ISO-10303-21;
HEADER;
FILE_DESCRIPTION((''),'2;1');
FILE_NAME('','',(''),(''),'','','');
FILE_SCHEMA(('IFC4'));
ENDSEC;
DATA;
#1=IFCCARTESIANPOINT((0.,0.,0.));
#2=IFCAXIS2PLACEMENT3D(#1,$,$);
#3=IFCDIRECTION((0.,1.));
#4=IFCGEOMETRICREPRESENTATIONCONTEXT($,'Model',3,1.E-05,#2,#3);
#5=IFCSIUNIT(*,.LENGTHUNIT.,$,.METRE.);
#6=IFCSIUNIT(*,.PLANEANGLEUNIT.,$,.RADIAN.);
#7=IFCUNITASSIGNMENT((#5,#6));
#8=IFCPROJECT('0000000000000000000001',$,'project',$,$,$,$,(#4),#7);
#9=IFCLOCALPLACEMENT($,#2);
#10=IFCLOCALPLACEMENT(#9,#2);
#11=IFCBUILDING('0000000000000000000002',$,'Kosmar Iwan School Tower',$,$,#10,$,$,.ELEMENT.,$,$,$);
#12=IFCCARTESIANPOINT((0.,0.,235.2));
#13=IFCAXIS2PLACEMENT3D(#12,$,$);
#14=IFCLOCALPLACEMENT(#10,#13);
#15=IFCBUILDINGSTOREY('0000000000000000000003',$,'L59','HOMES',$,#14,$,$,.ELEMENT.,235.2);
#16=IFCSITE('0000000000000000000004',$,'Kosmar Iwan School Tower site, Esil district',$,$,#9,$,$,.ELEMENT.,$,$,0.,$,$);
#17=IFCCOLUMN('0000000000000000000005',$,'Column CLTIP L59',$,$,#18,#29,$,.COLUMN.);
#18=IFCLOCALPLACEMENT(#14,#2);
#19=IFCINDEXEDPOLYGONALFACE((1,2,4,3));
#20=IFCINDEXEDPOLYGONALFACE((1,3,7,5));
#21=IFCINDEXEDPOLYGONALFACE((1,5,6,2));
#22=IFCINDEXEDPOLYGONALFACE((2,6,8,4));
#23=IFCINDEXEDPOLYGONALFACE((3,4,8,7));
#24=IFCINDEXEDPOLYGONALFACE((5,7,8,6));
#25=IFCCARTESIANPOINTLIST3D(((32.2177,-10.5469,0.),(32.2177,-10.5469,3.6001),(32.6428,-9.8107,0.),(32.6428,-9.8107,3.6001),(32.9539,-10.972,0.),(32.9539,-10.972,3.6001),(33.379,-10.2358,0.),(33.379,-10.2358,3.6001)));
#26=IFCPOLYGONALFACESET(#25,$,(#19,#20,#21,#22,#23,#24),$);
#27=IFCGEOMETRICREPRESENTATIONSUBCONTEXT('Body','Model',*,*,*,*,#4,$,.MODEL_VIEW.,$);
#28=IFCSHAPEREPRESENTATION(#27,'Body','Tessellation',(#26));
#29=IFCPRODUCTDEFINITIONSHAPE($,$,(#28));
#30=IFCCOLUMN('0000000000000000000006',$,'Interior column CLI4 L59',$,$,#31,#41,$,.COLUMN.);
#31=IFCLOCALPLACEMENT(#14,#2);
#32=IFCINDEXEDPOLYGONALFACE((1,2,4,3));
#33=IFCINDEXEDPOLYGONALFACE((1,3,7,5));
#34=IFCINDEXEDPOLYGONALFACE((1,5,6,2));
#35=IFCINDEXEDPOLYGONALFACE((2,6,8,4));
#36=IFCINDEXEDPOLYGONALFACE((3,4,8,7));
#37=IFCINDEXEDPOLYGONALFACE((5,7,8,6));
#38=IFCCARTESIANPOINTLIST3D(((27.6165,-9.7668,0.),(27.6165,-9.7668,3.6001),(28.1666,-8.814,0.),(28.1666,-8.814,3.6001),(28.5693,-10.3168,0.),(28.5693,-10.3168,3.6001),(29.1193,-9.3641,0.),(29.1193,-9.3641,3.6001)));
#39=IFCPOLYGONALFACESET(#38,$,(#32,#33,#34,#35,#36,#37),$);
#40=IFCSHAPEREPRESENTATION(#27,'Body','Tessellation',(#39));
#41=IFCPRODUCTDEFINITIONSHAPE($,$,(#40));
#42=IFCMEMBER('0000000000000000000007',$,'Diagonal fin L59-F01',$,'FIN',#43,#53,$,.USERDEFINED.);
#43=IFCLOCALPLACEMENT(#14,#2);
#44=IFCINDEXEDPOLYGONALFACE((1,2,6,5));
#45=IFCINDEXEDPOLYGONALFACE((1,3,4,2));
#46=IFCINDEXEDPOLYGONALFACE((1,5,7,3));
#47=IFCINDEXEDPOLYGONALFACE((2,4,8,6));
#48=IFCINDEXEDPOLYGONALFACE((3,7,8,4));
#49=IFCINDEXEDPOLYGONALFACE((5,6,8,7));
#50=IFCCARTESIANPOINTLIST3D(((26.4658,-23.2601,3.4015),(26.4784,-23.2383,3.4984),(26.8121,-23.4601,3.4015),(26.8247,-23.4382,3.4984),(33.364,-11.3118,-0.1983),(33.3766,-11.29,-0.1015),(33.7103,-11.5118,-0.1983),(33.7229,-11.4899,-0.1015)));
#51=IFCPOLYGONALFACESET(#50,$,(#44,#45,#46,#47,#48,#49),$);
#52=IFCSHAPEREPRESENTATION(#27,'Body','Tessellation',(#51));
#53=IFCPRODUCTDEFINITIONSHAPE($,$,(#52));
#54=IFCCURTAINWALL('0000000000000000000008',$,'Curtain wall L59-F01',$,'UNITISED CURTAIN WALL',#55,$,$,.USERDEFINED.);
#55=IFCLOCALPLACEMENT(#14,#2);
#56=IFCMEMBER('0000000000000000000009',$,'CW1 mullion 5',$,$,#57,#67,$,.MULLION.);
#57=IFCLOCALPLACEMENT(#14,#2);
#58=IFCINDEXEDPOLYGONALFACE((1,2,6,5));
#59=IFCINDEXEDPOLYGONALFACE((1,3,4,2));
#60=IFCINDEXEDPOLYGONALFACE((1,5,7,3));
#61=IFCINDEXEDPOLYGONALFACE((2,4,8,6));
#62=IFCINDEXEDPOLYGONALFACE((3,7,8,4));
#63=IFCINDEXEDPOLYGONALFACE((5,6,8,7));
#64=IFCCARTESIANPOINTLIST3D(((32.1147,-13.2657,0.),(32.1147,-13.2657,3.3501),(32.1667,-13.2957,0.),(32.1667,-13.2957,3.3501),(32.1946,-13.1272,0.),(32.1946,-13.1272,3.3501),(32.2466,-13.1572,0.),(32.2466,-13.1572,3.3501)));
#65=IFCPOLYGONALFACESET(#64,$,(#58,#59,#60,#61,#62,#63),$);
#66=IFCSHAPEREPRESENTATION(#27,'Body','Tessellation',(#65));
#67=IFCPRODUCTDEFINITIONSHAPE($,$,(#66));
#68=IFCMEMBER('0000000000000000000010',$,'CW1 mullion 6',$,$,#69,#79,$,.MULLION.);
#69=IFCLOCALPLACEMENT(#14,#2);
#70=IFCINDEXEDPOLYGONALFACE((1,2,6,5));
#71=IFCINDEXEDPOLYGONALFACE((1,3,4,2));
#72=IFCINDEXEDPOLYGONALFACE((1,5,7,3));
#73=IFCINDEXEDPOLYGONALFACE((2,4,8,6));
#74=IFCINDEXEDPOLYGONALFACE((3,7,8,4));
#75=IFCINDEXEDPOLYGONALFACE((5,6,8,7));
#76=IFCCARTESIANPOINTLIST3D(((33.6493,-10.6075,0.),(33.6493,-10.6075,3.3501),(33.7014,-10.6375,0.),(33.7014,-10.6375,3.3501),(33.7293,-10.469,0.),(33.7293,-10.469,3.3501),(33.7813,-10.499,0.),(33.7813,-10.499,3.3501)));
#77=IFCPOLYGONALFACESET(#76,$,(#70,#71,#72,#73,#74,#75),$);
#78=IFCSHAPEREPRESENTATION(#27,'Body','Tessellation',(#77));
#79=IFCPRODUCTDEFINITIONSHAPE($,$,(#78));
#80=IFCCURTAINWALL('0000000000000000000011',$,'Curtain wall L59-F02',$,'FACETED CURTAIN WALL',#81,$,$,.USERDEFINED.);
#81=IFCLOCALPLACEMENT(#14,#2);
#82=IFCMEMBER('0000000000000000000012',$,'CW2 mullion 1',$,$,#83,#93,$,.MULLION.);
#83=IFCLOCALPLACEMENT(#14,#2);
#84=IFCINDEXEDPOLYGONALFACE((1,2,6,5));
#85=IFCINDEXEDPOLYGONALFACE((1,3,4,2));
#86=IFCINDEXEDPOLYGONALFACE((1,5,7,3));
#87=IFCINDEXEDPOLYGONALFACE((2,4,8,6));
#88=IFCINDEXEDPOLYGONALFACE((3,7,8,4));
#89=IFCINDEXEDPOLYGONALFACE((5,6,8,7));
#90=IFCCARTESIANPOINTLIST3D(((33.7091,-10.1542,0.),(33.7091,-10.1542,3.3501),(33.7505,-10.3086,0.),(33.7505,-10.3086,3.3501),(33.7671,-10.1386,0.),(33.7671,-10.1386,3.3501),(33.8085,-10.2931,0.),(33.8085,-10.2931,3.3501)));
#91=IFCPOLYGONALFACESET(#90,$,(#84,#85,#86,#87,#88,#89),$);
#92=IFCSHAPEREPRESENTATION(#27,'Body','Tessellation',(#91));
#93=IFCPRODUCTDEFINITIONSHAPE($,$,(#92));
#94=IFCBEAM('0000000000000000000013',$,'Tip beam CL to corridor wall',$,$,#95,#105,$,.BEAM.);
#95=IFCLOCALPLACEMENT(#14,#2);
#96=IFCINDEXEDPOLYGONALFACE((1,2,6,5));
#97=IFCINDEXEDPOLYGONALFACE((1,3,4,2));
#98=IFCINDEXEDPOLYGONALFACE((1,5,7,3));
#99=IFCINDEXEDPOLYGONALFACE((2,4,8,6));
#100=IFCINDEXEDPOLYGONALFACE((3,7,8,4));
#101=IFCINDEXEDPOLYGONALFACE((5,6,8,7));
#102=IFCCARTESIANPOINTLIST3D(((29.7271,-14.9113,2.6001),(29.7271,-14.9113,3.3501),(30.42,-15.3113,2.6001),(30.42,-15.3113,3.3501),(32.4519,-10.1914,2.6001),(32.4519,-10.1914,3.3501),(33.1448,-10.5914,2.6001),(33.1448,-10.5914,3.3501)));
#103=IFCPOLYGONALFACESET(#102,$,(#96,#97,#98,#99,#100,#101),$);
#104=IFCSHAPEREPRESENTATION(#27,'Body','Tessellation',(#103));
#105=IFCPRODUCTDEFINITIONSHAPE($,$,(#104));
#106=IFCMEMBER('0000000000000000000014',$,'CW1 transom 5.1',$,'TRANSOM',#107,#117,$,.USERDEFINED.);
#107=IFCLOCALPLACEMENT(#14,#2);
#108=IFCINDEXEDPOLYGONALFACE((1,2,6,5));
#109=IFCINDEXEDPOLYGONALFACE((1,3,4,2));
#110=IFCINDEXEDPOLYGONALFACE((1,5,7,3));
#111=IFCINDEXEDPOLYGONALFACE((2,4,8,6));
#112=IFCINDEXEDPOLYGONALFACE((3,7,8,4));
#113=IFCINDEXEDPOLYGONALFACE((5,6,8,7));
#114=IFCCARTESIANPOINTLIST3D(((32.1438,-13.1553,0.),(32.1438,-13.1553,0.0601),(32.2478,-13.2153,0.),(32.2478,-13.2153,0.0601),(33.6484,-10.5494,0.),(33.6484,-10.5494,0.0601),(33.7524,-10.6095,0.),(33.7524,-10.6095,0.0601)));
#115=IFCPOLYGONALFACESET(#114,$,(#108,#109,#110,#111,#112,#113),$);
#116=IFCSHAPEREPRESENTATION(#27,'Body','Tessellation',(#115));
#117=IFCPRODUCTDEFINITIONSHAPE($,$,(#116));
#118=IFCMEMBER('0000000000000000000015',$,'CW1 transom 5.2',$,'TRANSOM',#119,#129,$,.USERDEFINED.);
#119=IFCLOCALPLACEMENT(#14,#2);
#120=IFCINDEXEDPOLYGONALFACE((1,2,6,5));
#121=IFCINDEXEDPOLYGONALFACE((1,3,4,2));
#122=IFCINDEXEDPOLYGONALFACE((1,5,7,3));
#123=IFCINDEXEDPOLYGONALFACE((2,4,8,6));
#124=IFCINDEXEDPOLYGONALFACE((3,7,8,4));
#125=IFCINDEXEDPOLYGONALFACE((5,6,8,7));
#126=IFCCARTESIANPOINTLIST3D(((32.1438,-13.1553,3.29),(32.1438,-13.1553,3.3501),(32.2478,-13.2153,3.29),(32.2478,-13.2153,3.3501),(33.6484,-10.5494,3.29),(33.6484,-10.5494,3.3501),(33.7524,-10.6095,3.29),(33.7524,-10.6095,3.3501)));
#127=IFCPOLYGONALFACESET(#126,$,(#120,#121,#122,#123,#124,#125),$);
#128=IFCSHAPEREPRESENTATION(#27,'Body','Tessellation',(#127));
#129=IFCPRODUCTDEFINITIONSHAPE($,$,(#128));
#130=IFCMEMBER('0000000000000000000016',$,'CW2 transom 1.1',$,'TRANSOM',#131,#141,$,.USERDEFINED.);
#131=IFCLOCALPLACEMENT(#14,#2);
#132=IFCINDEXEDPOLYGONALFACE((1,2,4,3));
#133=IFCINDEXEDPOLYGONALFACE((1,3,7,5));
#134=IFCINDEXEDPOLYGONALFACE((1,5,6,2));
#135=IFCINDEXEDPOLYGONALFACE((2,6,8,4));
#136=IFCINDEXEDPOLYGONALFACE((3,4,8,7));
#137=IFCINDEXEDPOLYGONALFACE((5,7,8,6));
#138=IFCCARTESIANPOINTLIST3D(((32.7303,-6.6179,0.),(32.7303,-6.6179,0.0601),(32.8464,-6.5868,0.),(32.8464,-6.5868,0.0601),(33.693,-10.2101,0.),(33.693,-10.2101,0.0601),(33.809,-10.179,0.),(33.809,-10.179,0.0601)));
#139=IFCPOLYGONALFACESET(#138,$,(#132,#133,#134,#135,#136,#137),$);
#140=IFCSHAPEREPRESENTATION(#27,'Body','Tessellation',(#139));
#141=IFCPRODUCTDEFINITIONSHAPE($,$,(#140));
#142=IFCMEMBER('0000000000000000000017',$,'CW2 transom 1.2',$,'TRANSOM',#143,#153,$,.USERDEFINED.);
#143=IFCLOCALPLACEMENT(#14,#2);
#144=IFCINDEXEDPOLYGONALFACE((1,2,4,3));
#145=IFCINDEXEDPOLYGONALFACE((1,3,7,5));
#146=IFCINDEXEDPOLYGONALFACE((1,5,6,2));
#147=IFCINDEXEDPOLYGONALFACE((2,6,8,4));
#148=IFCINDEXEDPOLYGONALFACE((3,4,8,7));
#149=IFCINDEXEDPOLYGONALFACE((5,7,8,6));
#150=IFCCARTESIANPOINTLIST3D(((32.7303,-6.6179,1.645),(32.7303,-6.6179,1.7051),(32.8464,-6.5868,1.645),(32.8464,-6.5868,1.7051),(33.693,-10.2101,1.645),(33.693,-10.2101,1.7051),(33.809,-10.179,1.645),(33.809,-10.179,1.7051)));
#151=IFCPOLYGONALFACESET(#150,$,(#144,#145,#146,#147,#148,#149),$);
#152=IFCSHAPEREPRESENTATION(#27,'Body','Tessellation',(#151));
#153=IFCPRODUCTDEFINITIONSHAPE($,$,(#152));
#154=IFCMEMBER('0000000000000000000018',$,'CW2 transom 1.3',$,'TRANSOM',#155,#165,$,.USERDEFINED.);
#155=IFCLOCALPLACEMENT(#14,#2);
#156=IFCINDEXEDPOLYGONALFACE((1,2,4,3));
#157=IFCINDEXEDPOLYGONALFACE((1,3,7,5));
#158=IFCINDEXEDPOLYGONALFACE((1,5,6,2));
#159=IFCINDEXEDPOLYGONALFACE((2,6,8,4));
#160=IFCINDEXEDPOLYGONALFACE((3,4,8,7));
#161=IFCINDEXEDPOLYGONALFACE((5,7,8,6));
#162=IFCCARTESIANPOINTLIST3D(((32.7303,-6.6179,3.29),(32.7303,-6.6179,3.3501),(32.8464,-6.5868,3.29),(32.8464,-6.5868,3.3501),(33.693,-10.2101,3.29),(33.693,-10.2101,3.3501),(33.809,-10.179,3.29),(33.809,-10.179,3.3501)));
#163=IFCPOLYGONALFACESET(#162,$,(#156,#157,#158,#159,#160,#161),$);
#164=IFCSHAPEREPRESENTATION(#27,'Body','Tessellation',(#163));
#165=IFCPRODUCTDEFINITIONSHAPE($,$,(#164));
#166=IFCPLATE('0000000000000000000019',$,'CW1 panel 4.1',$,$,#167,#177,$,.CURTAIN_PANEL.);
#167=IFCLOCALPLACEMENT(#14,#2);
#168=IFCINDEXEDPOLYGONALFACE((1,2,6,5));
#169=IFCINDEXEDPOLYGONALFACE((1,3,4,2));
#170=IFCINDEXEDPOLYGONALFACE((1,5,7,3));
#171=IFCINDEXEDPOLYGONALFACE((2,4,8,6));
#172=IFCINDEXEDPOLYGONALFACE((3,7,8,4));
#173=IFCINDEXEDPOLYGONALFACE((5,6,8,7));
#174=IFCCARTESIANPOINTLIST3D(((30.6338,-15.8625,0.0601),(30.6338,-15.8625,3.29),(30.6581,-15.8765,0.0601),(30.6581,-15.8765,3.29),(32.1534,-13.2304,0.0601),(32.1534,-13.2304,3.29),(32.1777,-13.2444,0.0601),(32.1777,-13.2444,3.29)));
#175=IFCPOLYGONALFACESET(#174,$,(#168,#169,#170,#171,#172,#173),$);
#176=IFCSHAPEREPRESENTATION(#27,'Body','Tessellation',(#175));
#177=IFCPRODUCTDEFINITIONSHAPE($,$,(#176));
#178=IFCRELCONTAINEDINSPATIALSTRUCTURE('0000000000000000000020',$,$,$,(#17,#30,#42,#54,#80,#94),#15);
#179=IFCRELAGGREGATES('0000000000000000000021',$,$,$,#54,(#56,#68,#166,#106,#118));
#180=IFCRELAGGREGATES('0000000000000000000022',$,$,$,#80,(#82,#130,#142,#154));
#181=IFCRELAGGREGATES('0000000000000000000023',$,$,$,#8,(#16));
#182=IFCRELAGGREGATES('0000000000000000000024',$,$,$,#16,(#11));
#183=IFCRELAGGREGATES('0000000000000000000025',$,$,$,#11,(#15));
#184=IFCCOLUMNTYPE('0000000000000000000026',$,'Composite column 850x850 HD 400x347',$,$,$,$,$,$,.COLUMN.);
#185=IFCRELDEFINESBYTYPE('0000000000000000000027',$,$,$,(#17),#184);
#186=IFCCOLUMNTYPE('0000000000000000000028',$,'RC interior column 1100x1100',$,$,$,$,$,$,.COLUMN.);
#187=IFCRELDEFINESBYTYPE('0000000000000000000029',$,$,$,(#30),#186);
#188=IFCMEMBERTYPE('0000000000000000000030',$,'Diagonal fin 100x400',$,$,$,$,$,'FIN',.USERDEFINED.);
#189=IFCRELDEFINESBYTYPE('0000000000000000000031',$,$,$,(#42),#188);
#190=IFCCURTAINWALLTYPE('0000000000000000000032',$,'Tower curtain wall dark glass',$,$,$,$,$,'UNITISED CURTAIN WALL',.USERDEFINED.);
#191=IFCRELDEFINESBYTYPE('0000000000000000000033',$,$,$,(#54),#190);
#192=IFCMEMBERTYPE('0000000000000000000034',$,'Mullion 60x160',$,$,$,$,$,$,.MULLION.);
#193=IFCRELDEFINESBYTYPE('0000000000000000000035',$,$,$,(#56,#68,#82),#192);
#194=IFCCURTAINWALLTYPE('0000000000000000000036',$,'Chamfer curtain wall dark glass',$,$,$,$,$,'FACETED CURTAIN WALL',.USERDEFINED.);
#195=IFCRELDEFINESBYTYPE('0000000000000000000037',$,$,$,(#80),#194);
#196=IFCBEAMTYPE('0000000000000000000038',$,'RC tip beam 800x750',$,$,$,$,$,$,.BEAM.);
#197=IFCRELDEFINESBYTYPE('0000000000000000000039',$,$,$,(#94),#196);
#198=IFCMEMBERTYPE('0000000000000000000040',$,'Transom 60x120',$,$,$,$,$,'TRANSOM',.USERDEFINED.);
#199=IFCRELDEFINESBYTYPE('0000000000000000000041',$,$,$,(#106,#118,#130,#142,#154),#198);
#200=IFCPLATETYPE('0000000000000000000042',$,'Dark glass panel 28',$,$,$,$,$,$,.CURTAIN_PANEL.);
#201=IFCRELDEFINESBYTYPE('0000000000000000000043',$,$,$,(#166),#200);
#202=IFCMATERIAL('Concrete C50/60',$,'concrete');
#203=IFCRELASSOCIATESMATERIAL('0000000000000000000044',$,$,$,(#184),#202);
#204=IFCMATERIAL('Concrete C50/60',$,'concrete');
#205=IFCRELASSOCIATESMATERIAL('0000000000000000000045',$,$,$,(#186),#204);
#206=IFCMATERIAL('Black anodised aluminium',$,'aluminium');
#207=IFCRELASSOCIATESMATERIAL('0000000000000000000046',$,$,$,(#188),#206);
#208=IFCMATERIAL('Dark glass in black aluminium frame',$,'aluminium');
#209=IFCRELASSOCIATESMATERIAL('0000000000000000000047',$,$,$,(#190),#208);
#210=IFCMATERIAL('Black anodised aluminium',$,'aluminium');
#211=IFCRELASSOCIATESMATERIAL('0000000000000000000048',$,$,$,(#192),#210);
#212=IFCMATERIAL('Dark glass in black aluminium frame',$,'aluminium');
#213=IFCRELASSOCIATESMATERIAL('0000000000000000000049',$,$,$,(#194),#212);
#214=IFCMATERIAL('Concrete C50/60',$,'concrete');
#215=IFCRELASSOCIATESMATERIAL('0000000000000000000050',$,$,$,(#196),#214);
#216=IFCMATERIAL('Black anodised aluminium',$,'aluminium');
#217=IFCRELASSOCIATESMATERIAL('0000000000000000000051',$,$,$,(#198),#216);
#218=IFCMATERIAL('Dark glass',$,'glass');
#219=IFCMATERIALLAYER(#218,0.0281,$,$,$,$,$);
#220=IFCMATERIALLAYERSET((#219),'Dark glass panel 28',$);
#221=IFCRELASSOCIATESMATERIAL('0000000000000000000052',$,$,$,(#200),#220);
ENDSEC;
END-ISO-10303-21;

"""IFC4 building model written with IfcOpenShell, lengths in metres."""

from ifc_helpers import new_model, si_unit, direction, frame, origin, origin_2d, place, context, subcontext, project, spatial, rectangle, extrude, material, layer, layer_set, material_profile, profile_set, type_object, element, aggregate, save


model = new_model("IFC4")

# Units and contexts
model_context = context("Model", 3, precision=1e-05, world=origin(), true_north=direction((0.0, 1.0)))
body_context = subcontext(model_context, "Body", "Model", "MODEL_VIEW")
ifc_project = project(units=[si_unit("LENGTHUNIT", "METRE"), si_unit("PLANEANGLEUNIT", "RADIAN")], contexts=[model_context])

# Site, building, storey
site_placement = place(None, origin())
site = spatial("IfcSite", under=ifc_project, at=site_placement, Name="Kosmar Iwan School Tower site, Esil district", CompositionType="ELEMENT", RefElevation=0.0)
building_placement = place(site_placement, origin())
building = spatial("IfcBuilding", under=site, at=building_placement, Name="Kosmar Iwan School Tower", CompositionType="ELEMENT")
storey_placement = place(building_placement, frame((0.0, 0.0, 235.2)))
storey = spatial("IfcBuildingStorey", under=building, at=storey_placement, Name="L59", Description="HOMES", CompositionType="ELEMENT", Elevation=235.2)

# Columns
ifc_material_1 = material(Name="Concrete C50/60", Category="concrete")
ifc_material_profile_1 = material_profile(ifc_material_1, rectangle(XDim=0.8501, YDim=0.8501, at=origin_2d()), Name="RC 850x850 + HD 400x347")
ifc_profile_set_1 = profile_set([ifc_material_profile_1], Name="Concrete C50/60")
column_type_1 = type_object("IfcColumnType", Name="Composite column 850x850 HD 400x347", PredefinedType="COLUMN", material=ifc_profile_set_1)
column_1_placement = place(storey_placement, frame((32.7983, -10.3914, 0.0), z_axis=(0.0, 0.0, 1.0), x_axis=(0.866025, -0.5, 0.0)))
element("IfcColumn", 1, at=column_1_placement, inside=storey, type_object=column_type_1, Name="Column CLTIP L59", PredefinedType="COLUMN", context=body_context, shape_type="SweptSolid", body=[
    extrude(rectangle(XDim=0.8501, YDim=0.8501, at=origin_2d()), origin(), (0.0, 0.0, 1.0), 3.6001),
])
ifc_material_2 = material(Name="Concrete C50/60", Category="concrete")
ifc_material_profile_2 = material_profile(ifc_material_2, rectangle(XDim=1.1001, YDim=1.1001, at=origin_2d()), Name="RC 1100x1100")
ifc_profile_set_2 = profile_set([ifc_material_profile_2], Name="Concrete C50/60")
column_type_2 = type_object("IfcColumnType", Name="RC interior column 1100x1100", PredefinedType="COLUMN", material=ifc_profile_set_2)
column_2_placement = place(storey_placement, frame((28.3679, -9.5654, 0.0), z_axis=(0.0, 0.0, 1.0), x_axis=(0.866025, -0.5, 0.0)))
element("IfcColumn", 2, at=column_2_placement, inside=storey, type_object=column_type_2, Name="Interior column CLI4 L59", PredefinedType="COLUMN", context=body_context, shape_type="SweptSolid", body=[
    extrude(rectangle(XDim=1.1001, YDim=1.1001, at=origin_2d()), origin(), (0.0, 0.0, 1.0), 3.6001),
])

# Member
ifc_material_3 = material(Name="Black anodised aluminium", Category="aluminium")
ifc_material_profile_3 = material_profile(ifc_material_3, rectangle(XDim=0.1001, YDim=0.3999, at=origin_2d()), Name="FIN 100x400")
ifc_profile_set_3 = profile_set([ifc_material_profile_3], Name="Black anodised aluminium")
member_type_1 = type_object("IfcMemberType", Name="Diagonal fin 100x400", ElementType="FIN", PredefinedType="USERDEFINED", material=ifc_profile_set_3)
member_1_placement = place(storey_placement, frame((33.5435, -11.4009, -0.1499), z_axis=(-0.483796, -0.837974, 0.252471), x_axis=(0.126234, 0.218647, 0.967604)))
element("IfcMember", 3, at=member_1_placement, inside=storey, type_object=member_type_1, Name="Diagonal fin L59-F01", ObjectType="FIN", PredefinedType="USERDEFINED", context=body_context, shape_type="SweptSolid", body=[
    extrude(rectangle(XDim=0.1001, YDim=0.3999, at=origin_2d()), origin(), (0.0, 0.0, 1.0), 14.2585),
])

# Curtain wall, members
ifc_material_4 = material(Name="Dark glass in black aluminium frame", Category="aluminium")
curtain_wall_type_1 = type_object("IfcCurtainWallType", Name="Tower curtain wall dark glass", ElementType="UNITISED CURTAIN WALL", PredefinedType="USERDEFINED", material=ifc_material_4)
curtain_wall_1_placement = place(storey_placement, origin())
curtain_wall_1 = element("IfcCurtainWall", 4, at=curtain_wall_1_placement, inside=storey, type_object=curtain_wall_type_1, Name="Curtain wall L59-F01", ObjectType="UNITISED CURTAIN WALL", PredefinedType="USERDEFINED")
ifc_material_5 = material(Name="Black anodised aluminium", Category="aluminium")
ifc_material_profile_4 = material_profile(ifc_material_5, rectangle(XDim=0.0601, YDim=0.1599, at=origin_2d()), Name="MULLION 60x160")
ifc_profile_set_4 = profile_set([ifc_material_profile_4], Name="Black anodised aluminium")
member_type_2 = type_object("IfcMemberType", Name="Mullion 60x160", PredefinedType="MULLION", material=ifc_profile_set_4)
member_2_placement = place(storey_placement, frame((32.1807, -13.2114, 0.0), z_axis=(0.0, 0.0, 1.0), x_axis=(-0.866025, 0.5, 0.0)))
member_2 = element("IfcMember", 5, at=member_2_placement, type_object=member_type_2, Name="CW1 mullion 5", PredefinedType="MULLION", context=body_context, shape_type="SweptSolid", body=[
    extrude(rectangle(XDim=0.0601, YDim=0.1599, at=origin_2d()), origin(), (0.0, 0.0, 1.0), 3.3501),
])
member_3_placement = place(storey_placement, frame((33.7153, -10.5532, 0.0), z_axis=(0.0, 0.0, 1.0), x_axis=(-0.866025, 0.5, 0.0)))
member_3 = element("IfcMember", 6, at=member_3_placement, type_object=member_type_2, Name="CW1 mullion 6", PredefinedType="MULLION", context=body_context, shape_type="SweptSolid", body=[
    extrude(rectangle(XDim=0.0601, YDim=0.1599, at=origin_2d()), origin(), (0.0, 0.0, 1.0), 3.3501),
])

# Curtain wall, member
ifc_material_6 = material(Name="Dark glass in black aluminium frame", Category="aluminium")
curtain_wall_type_2 = type_object("IfcCurtainWallType", Name="Chamfer curtain wall dark glass", ElementType="FACETED CURTAIN WALL", PredefinedType="USERDEFINED", material=ifc_material_6)
curtain_wall_2_placement = place(storey_placement, origin())
curtain_wall_2 = element("IfcCurtainWall", 7, at=curtain_wall_2_placement, inside=storey, type_object=curtain_wall_type_2, Name="Curtain wall L59-F02", ObjectType="FACETED CURTAIN WALL", PredefinedType="USERDEFINED")
member_4_placement = place(storey_placement, frame((33.7588, -10.2236, 0.0), z_axis=(0.0, 0.0, 1.0), x_axis=(-0.965926, -0.258819, 0.0)))
member_4 = element("IfcMember", 8, at=member_4_placement, type_object=member_type_2, Name="CW2 mullion 1", PredefinedType="MULLION", context=body_context, shape_type="SweptSolid", body=[
    extrude(rectangle(XDim=0.0601, YDim=0.1599, at=origin_2d()), origin(), (0.0, 0.0, 1.0), 3.3501),
])

# Beam
ifc_material_7 = material(Name="Concrete C50/60", Category="concrete")
ifc_material_profile_5 = material_profile(ifc_material_7, rectangle(XDim=0.8, YDim=0.75, at=origin_2d()), Name="RC 800x750")
ifc_profile_set_5 = profile_set([ifc_material_profile_5], Name="Concrete C50/60")
beam_type = type_object("IfcBeamType", Name="RC tip beam 800x750", PredefinedType="BEAM", material=ifc_profile_set_5)
beam_placement = place(storey_placement, frame((32.7983, -10.3914, 2.9751), z_axis=(-0.499969, -0.866043, 0.0), x_axis=(0.866043, -0.499969, 0.0)))
element("IfcBeam", 9, at=beam_placement, inside=storey, type_object=beam_type, Name="Tip beam CL to corridor wall", PredefinedType="BEAM", context=body_context, shape_type="SweptSolid", body=[
    extrude(rectangle(XDim=0.8, YDim=0.75, at=origin_2d()), origin(), (0.0, 0.0, 1.0), 5.45),
])

# Members
ifc_material_8 = material(Name="Black anodised aluminium", Category="aluminium")
ifc_material_profile_6 = material_profile(ifc_material_8, rectangle(XDim=0.1201, YDim=0.0601, at=origin_2d()), Name="TRANSOM 60x120")
ifc_profile_set_6 = profile_set([ifc_material_profile_6], Name="Black anodised aluminium")
member_type_3 = type_object("IfcMemberType", Name="Transom 60x120", ElementType="TRANSOM", PredefinedType="USERDEFINED", material=ifc_profile_set_6)
member_5_placement = place(storey_placement, frame((32.1958, -13.1853, 0.03), z_axis=(0.500022, 0.866013, 0.0), x_axis=(-0.866013, 0.500022, 0.0)))
member_5 = element("IfcMember", 10, at=member_5_placement, type_object=member_type_3, Name="CW1 transom 5.1", ObjectType="TRANSOM", PredefinedType="USERDEFINED", context=body_context, shape_type="SweptSolid", body=[
    extrude(rectangle(XDim=0.1201, YDim=0.0601, at=origin_2d()), origin(), (0.0, 0.0, 1.0), 3.009),
])
member_6_placement = place(storey_placement, frame((32.1958, -13.1853, 3.3201), z_axis=(0.500022, 0.866013, 0.0), x_axis=(-0.866013, 0.500022, 0.0)))
member_6 = element("IfcMember", 11, at=member_6_placement, type_object=member_type_3, Name="CW1 transom 5.2", ObjectType="TRANSOM", PredefinedType="USERDEFINED", context=body_context, shape_type="SweptSolid", body=[
    extrude(rectangle(XDim=0.1201, YDim=0.0601, at=origin_2d()), origin(), (0.0, 0.0, 1.0), 3.009),
])
member_7_placement = place(storey_placement, frame((33.751, -10.1946, 0.03), z_axis=(-0.258843, 0.965919, 0.0), x_axis=(-0.965919, -0.258843, 0.0)))
member_7 = element("IfcMember", 12, at=member_7_placement, type_object=member_type_3, Name="CW2 transom 1.1", ObjectType="TRANSOM", PredefinedType="USERDEFINED", context=body_context, shape_type="SweptSolid", body=[
    extrude(rectangle(XDim=0.1201, YDim=0.0601, at=origin_2d()), origin(), (0.0, 0.0, 1.0), 3.719),
])
member_8_placement = place(storey_placement, frame((33.751, -10.1946, 1.675), z_axis=(-0.258843, 0.965919, 0.0), x_axis=(-0.965919, -0.258843, 0.0)))
member_8 = element("IfcMember", 13, at=member_8_placement, type_object=member_type_3, Name="CW2 transom 1.2", ObjectType="TRANSOM", PredefinedType="USERDEFINED", context=body_context, shape_type="SweptSolid", body=[
    extrude(rectangle(XDim=0.1201, YDim=0.0601, at=origin_2d()), origin(), (0.0, 0.0, 1.0), 3.719),
])
member_9_placement = place(storey_placement, frame((33.751, -10.1946, 3.3201), z_axis=(-0.258843, 0.965919, 0.0), x_axis=(-0.965919, -0.258843, 0.0)))
member_9 = element("IfcMember", 14, at=member_9_placement, type_object=member_type_3, Name="CW2 transom 1.3", ObjectType="TRANSOM", PredefinedType="USERDEFINED", context=body_context, shape_type="SweptSolid", body=[
    extrude(rectangle(XDim=0.1201, YDim=0.0601, at=origin_2d()), origin(), (0.0, 0.0, 1.0), 3.719),
])

# Plate
ifc_material_9 = material(Name="Dark glass", Category="glass")
ifc_layer_1 = layer(ifc_material_9, 0.0281)
ifc_layer_set_1 = layer_set([ifc_layer_1], Name="Dark glass panel 28")
plate_type = type_object("IfcPlateType", Name="Dark glass panel 28", PredefinedType="CURTAIN_PANEL", material=ifc_layer_set_1)
plate_1_placement = place(storey_placement, frame((31.4058, -14.5535, 0.0601), z_axis=(0.0, 0.0, 1.0), x_axis=(0.5, 0.866025, 0.0)))
plate_1 = element("IfcPlate", 15, at=plate_1_placement, type_object=plate_type, Name="CW1 panel 4.1", PredefinedType="CURTAIN_PANEL", context=body_context, shape_type="SweptSolid", body=[
    extrude(rectangle(XDim=3.0393, YDim=0.0281, at=origin_2d()), origin(), (0.0, 0.0, 1.0), 3.23),
])
aggregate(curtain_wall_1, [member_2, member_3, plate_1, member_5, member_6])
aggregate(curtain_wall_2, [member_4, member_7, member_8, member_9])

save(model, "model.ifc")
